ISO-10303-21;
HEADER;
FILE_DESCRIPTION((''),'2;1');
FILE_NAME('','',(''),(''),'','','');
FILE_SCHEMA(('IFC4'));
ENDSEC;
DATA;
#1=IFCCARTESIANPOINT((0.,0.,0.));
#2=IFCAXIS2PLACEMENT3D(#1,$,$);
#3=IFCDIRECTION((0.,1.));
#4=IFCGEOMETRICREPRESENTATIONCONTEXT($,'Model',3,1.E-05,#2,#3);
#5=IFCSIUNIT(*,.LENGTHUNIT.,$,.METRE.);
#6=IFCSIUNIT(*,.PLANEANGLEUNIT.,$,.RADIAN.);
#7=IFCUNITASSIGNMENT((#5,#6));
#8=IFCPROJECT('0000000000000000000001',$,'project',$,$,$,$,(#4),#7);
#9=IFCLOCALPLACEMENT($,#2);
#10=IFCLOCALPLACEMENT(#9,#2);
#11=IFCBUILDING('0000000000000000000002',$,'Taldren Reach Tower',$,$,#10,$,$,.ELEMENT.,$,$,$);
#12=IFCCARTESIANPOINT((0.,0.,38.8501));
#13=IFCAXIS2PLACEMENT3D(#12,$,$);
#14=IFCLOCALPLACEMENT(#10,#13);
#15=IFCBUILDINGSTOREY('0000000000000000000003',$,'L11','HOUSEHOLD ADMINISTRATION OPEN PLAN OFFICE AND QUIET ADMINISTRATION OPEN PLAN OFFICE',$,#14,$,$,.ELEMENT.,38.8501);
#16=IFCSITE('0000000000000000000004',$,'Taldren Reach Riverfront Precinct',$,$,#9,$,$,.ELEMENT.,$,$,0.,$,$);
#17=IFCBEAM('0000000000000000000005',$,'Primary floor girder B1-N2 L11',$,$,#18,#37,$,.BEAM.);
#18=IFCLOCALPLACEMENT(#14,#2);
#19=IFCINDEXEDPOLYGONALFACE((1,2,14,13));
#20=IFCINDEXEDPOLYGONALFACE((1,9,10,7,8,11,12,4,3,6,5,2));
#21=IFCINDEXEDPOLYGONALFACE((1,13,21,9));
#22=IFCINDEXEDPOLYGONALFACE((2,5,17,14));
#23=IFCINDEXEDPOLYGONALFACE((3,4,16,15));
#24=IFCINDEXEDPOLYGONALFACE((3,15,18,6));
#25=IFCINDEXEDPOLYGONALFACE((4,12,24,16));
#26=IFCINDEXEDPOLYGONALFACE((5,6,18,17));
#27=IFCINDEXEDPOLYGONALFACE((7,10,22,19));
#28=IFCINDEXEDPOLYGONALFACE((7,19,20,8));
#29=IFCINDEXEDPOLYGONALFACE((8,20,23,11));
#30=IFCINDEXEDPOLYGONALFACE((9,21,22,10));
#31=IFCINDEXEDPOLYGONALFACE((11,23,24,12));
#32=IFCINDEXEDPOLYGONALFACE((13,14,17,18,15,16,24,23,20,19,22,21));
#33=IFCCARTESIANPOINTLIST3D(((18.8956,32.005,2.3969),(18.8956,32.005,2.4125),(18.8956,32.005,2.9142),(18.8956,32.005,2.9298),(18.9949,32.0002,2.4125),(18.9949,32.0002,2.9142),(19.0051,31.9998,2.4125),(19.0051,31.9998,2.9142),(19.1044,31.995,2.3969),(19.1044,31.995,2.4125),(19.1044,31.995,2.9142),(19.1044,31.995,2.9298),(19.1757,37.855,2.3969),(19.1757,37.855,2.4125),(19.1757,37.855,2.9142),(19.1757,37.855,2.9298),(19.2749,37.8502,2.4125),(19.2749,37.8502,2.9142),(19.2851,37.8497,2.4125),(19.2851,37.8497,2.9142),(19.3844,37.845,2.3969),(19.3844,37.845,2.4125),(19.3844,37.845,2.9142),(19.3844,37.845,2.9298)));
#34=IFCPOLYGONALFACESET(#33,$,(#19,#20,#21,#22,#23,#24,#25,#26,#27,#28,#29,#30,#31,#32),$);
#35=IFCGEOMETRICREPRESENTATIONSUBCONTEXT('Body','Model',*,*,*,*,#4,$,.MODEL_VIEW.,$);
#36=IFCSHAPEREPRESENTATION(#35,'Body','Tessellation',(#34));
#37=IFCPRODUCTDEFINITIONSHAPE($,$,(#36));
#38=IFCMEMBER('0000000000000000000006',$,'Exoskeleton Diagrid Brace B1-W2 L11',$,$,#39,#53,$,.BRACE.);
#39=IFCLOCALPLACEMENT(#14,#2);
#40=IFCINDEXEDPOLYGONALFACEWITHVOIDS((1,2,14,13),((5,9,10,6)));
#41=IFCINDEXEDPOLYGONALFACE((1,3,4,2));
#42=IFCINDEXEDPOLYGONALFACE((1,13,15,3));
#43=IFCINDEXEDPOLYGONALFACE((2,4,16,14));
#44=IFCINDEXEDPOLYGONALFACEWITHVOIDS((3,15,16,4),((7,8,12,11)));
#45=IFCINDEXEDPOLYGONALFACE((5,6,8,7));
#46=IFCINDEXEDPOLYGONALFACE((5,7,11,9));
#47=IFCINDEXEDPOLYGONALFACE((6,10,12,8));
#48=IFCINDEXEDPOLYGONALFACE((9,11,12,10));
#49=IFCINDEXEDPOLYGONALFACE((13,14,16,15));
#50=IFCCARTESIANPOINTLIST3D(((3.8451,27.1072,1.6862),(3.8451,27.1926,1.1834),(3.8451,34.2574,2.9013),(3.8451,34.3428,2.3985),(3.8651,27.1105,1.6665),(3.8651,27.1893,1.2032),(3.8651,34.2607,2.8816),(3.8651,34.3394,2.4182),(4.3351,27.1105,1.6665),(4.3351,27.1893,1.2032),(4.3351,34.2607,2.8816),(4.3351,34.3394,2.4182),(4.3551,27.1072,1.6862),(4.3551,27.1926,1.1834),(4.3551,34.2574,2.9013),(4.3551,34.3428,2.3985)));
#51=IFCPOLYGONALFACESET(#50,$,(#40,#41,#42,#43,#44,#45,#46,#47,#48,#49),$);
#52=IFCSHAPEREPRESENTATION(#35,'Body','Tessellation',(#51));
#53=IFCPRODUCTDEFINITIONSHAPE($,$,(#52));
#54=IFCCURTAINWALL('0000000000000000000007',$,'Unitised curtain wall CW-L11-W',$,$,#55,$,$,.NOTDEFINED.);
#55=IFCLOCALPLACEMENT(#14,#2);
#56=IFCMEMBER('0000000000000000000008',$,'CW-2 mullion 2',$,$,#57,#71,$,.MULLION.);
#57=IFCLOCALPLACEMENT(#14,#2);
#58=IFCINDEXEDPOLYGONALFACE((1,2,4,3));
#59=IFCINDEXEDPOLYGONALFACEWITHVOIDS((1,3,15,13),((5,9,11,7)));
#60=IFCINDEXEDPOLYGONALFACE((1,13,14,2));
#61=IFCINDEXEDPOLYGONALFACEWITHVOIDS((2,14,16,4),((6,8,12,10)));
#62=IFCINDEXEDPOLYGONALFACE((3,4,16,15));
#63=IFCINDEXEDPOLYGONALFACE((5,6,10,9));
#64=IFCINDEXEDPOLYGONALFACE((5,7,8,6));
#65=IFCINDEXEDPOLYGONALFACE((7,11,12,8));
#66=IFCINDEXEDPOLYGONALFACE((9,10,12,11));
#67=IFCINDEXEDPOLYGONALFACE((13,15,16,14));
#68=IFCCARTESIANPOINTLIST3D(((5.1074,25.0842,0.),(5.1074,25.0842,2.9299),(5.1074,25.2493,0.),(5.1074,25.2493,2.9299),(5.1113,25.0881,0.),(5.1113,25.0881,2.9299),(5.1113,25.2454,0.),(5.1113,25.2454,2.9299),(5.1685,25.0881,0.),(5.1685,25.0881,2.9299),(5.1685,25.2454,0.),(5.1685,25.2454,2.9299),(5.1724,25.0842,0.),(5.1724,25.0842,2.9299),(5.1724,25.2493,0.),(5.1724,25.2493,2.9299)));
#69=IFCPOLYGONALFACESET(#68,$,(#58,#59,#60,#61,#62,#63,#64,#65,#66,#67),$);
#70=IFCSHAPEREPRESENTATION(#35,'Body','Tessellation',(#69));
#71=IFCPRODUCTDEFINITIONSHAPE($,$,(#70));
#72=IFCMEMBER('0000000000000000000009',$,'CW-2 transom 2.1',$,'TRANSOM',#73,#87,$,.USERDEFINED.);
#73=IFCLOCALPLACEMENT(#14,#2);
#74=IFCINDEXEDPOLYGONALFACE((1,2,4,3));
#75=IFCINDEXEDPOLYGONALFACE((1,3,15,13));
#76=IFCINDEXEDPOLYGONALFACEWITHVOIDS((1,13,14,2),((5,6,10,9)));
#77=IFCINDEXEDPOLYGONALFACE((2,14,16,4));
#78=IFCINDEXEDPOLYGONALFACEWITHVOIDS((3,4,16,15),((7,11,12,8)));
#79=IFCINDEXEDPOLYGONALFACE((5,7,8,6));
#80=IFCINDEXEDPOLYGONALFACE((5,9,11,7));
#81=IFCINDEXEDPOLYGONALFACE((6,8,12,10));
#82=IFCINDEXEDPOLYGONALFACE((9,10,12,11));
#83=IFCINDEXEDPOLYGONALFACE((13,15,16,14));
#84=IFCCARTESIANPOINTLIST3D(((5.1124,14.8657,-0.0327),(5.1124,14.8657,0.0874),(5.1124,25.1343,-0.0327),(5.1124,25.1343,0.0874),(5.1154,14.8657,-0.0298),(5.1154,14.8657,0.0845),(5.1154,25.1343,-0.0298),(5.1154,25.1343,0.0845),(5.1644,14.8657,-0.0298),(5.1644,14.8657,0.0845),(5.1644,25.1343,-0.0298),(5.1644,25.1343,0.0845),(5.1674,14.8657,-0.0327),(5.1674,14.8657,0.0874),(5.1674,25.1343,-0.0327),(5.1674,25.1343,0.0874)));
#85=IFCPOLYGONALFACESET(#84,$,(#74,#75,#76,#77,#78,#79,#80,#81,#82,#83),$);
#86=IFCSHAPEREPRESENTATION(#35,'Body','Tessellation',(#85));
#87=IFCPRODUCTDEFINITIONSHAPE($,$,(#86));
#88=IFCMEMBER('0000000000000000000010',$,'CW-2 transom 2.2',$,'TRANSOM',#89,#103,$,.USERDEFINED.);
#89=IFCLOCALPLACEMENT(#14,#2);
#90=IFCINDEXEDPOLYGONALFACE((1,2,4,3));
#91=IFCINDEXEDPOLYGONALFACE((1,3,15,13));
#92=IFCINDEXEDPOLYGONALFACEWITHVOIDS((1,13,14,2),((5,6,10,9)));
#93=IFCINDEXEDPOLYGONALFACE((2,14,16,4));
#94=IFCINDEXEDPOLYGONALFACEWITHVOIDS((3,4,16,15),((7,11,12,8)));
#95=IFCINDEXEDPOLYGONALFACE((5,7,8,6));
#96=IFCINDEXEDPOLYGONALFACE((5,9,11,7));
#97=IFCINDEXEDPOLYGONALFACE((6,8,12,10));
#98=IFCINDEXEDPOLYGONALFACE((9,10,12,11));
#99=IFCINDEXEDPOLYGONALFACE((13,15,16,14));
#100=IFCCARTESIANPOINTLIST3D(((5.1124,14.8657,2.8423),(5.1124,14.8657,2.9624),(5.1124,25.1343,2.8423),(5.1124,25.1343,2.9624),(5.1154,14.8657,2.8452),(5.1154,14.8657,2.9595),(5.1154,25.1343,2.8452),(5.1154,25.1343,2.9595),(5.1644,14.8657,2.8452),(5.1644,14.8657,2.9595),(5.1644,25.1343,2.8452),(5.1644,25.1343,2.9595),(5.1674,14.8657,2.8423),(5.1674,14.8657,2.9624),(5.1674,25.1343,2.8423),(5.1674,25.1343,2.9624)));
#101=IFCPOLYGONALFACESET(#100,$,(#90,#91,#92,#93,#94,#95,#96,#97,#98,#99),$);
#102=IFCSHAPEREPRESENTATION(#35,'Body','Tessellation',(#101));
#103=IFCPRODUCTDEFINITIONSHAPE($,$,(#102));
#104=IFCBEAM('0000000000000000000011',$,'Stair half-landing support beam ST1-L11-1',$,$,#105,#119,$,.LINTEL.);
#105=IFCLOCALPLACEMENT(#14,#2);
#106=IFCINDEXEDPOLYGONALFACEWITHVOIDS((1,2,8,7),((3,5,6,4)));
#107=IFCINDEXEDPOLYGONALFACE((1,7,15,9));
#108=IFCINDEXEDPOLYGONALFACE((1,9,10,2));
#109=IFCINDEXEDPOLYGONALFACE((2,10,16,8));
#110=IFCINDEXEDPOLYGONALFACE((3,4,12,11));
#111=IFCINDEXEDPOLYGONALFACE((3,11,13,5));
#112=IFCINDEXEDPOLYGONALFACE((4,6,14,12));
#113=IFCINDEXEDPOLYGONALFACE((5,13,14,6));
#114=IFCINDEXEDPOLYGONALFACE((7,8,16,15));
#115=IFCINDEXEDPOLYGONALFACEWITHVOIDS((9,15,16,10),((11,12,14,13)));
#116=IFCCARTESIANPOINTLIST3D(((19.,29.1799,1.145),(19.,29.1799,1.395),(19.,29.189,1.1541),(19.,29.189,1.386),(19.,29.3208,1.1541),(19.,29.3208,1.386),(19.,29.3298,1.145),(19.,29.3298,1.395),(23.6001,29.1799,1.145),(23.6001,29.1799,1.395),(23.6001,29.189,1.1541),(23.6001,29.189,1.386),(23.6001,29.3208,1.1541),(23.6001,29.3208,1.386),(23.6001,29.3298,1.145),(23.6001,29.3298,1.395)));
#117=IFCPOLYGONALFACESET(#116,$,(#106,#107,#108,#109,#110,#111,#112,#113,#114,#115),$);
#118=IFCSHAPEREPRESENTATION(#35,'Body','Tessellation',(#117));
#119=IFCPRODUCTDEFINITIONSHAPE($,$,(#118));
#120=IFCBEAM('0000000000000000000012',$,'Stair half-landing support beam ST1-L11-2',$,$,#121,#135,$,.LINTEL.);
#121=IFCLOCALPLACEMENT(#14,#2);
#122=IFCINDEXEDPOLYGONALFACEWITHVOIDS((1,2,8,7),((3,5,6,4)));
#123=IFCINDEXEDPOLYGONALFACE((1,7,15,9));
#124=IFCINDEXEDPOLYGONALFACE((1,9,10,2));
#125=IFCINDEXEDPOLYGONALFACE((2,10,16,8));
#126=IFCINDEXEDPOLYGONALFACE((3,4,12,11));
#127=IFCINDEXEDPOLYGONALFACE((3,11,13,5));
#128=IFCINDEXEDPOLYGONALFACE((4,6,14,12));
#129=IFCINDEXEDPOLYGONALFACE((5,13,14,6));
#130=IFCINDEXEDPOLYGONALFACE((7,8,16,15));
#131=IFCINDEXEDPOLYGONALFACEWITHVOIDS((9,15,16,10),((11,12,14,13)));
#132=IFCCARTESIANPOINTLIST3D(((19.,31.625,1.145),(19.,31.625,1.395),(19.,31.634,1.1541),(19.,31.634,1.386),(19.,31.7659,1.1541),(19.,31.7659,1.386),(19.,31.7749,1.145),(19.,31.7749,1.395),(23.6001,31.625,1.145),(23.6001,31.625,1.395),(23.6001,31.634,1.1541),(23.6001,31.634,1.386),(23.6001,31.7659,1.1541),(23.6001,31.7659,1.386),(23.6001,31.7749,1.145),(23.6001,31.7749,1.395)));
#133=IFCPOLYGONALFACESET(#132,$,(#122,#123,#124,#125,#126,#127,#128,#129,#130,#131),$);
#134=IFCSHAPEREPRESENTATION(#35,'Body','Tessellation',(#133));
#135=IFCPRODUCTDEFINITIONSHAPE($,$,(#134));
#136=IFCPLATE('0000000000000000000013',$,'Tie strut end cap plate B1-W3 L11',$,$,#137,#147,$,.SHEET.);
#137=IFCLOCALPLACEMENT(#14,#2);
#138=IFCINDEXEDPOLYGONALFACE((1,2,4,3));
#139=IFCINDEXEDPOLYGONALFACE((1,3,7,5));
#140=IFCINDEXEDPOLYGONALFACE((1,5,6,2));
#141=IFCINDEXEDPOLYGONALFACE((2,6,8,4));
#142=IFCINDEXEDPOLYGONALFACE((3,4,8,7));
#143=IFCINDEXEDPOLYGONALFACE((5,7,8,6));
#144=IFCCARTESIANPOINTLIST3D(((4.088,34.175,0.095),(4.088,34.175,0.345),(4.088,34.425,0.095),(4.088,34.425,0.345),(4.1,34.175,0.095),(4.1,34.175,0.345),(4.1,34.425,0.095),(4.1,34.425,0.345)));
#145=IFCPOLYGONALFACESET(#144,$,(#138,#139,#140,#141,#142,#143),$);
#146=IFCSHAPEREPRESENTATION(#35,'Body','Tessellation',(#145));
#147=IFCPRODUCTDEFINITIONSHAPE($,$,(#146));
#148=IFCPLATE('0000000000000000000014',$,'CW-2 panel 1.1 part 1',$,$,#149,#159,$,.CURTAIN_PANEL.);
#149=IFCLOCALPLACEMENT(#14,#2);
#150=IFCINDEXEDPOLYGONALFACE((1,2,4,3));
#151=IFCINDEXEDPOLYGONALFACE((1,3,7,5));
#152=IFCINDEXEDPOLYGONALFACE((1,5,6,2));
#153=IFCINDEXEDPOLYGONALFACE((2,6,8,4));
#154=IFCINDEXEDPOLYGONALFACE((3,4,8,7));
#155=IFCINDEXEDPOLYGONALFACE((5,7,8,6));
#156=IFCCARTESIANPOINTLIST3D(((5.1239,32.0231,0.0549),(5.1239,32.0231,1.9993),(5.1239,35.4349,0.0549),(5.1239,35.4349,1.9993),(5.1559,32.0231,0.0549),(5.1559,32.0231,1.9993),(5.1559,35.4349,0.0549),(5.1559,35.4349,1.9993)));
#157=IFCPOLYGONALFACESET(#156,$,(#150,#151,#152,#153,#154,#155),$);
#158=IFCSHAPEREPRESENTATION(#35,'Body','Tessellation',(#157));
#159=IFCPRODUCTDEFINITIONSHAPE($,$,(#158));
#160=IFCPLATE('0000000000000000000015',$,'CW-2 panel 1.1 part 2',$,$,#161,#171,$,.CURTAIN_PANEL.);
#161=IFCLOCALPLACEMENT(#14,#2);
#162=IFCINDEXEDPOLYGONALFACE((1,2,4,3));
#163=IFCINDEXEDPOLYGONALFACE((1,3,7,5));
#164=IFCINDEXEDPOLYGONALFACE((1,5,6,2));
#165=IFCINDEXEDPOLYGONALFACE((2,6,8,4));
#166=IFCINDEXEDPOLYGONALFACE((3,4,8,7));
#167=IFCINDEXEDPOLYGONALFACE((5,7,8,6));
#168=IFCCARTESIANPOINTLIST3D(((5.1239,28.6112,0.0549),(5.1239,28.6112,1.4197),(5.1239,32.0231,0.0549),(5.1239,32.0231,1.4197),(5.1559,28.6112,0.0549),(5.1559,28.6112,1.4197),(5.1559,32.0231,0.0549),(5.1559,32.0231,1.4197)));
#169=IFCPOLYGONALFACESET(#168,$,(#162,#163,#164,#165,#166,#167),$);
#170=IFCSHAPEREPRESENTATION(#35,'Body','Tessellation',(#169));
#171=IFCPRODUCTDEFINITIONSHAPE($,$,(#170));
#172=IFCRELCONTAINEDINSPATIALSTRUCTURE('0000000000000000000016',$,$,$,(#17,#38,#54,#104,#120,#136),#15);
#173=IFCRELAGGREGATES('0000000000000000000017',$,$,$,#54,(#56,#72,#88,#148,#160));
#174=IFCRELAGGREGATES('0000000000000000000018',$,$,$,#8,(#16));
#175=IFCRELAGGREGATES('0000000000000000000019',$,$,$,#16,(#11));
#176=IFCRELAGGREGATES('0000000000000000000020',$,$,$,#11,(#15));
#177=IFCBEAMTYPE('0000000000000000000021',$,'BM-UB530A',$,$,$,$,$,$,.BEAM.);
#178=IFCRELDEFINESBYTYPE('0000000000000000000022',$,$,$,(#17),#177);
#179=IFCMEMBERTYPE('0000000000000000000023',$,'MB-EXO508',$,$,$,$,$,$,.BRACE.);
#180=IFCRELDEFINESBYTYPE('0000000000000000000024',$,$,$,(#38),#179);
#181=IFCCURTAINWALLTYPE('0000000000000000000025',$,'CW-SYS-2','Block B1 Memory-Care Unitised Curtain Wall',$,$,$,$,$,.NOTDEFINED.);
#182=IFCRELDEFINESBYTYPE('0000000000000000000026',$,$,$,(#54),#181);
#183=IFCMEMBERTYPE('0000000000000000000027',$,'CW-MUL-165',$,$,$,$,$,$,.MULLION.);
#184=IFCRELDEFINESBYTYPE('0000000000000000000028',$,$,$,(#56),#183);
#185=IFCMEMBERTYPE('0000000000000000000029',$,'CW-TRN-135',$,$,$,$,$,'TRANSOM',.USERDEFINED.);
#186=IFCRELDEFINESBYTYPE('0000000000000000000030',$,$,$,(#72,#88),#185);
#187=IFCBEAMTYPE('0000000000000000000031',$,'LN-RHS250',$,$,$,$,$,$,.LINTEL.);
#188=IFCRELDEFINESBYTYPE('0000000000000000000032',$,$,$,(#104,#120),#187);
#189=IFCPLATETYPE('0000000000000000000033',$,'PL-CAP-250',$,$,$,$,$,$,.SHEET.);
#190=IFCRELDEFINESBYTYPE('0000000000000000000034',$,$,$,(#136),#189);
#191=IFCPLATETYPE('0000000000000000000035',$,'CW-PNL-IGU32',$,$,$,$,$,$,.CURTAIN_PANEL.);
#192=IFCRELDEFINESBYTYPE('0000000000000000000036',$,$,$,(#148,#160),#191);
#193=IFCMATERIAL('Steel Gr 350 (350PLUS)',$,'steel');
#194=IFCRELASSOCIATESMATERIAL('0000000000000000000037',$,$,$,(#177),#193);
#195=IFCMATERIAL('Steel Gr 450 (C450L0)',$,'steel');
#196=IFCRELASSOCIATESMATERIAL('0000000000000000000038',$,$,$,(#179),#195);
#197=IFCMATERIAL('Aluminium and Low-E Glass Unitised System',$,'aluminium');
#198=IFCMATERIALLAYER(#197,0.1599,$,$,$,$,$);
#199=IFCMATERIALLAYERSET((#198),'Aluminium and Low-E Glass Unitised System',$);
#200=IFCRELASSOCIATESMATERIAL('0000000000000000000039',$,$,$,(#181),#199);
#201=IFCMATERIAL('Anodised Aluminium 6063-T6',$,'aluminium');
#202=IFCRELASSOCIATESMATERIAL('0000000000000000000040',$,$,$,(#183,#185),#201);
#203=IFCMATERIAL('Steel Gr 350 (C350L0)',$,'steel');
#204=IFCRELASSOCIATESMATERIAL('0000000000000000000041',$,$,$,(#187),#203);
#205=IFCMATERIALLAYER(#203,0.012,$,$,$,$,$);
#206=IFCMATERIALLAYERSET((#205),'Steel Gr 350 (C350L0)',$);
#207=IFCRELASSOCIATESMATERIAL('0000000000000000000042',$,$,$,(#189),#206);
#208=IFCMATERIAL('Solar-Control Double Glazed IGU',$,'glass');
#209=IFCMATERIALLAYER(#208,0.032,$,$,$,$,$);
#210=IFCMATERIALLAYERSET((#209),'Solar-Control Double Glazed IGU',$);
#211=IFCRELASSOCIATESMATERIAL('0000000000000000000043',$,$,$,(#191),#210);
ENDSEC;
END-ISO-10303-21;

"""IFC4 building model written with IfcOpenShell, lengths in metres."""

from ifc_helpers import new_model, si_unit, direction, frame, origin, origin_2d, place, context, subcontext, project, spatial, rectangle, hollow_rectangle, i_section, extrude, source, transform, mapped, material, layer, layer_set, material_profile, profile_set, type_object, element, aggregate, save


model = new_model("IFC4")

# Units and contexts
model_context = context("Model", 3, precision=1e-05, world=origin(), true_north=direction((0.0, 1.0)))
body_context = subcontext(model_context, "Body", "Model", "MODEL_VIEW")
ifc_project = project(units=[si_unit("LENGTHUNIT", "METRE"), si_unit("PLANEANGLEUNIT", "RADIAN")], contexts=[model_context])

# Site, building, storey
site_placement = place(None, origin())
site = spatial("IfcSite", under=ifc_project, at=site_placement, Name="Taldren Reach Riverfront Precinct", CompositionType="ELEMENT", RefElevation=0.0)
building_placement = place(site_placement, origin())
building = spatial("IfcBuilding", under=site, at=building_placement, Name="Taldren Reach Tower", CompositionType="ELEMENT")
storey_placement = place(building_placement, frame((0.0, 0.0, 38.8501)))
storey = spatial("IfcBuildingStorey", under=building, at=storey_placement, Name="L11", Description="HOUSEHOLD ADMINISTRATION OPEN PLAN OFFICE AND QUIET ADMINISTRATION OPEN PLAN OFFICE", CompositionType="ELEMENT", Elevation=38.8501)

# Shared definitions
ifc_material_1 = material(Name="Steel Gr 350 (350PLUS)", Category="steel")

# Beam
ifc_material_profile_1 = material_profile(ifc_material_1, i_section(OverallWidth=0.209, OverallDepth=0.533, WebThickness=0.0103, FlangeThickness=0.0156, at=origin_2d()), Name="530UB92.4")
ifc_profile_set_1 = profile_set([ifc_material_profile_1], Name="Steel Gr 350 (350PLUS)")
beam_type_1 = type_object("IfcBeamType", Name="BM-UB530A", PredefinedType="BEAM", material=ifc_profile_set_1)
shared_shape_1 = source(origin(), body_context, "Body", "SweptSolid", [
    extrude(i_section(OverallWidth=0.209, OverallDepth=0.533, WebThickness=0.0103, FlangeThickness=0.0156, at=origin_2d()), origin(), (0.0, 0.0, 1.0), 5.8567),
])
beam_1_placement = place(storey_placement, frame((19.0, 32.0, 2.6633), z_axis=(0.047813, 0.998856, 0.0), x_axis=(-0.998856, 0.047813, 0.0)))
element("IfcBeam", 1, at=beam_1_placement, inside=storey, type_object=beam_type_1, Name="Primary floor girder B1-N2 L11", PredefinedType="BEAM", context=body_context, shape_type="MappedRepresentation", body=[
    mapped(shared_shape_1, transform((0.0, 0.0, 0.0), scale=1.0)),
])

# Member
ifc_material_2 = material(Name="Steel Gr 450 (C450L0)", Category="steel")
ifc_material_profile_2 = material_profile(ifc_material_2, hollow_rectangle(XDim=0.51, YDim=0.51, WallThickness=0.02, at=origin_2d()), Name="510x510x20.0SHS")
ifc_profile_set_2 = profile_set([ifc_material_profile_2], Name="Steel Gr 450 (C450L0)")
member_type_1 = type_object("IfcMemberType", Name="MB-EXO508", PredefinedType="BRACE", material=ifc_profile_set_2)
shared_shape_2 = source(origin(), body_context, "Body", "SweptSolid", [
    extrude(hollow_rectangle(XDim=0.51, YDim=0.51, WallThickness=0.02, at=origin_2d()), origin(), (0.0, 0.0, 1.0), 7.2527),
])
member_1_placement = place(storey_placement, frame((4.1001, 27.1499, 1.4348), z_axis=(0.0, 0.985866, 0.167537), x_axis=(-1.0, 0.0, 0.0)))
element("IfcMember", 2, at=member_1_placement, inside=storey, type_object=member_type_1, Name="Exoskeleton Diagrid Brace B1-W2 L11", PredefinedType="BRACE", context=body_context, shape_type="MappedRepresentation", body=[
    mapped(shared_shape_2, transform((0.0, 0.0, 0.0), scale=1.0)),
])

# Curtain wall, members
ifc_material_3 = material(Name="Aluminium and Low-E Glass Unitised System", Category="aluminium")
ifc_layer_1 = layer(ifc_material_3, 0.1599)
ifc_layer_set_1 = layer_set([ifc_layer_1], Name="Aluminium and Low-E Glass Unitised System")
curtain_wall_type = type_object("IfcCurtainWallType", Name="CW-SYS-2", Description="Block B1 Memory-Care Unitised Curtain Wall", PredefinedType="NOTDEFINED", material=ifc_layer_set_1)
curtain_wall_placement = place(storey_placement, origin())
curtain_wall = element("IfcCurtainWall", 3, at=curtain_wall_placement, inside=storey, type_object=curtain_wall_type, Name="Unitised curtain wall CW-L11-W", PredefinedType="NOTDEFINED")
ifc_material_4 = material(Name="Anodised Aluminium 6063-T6", Category="aluminium")
ifc_material_profile_3 = material_profile(ifc_material_4, hollow_rectangle(XDim=0.0649, YDim=0.165, WallThickness=0.0039, at=origin_2d()), Name="ALU-165x65x4RHS")
ifc_profile_set_3 = profile_set([ifc_material_profile_3], Name="Anodised Aluminium 6063-T6")
member_type_2 = type_object("IfcMemberType", Name="CW-MUL-165", PredefinedType="MULLION", material=ifc_profile_set_3)
shared_shape_3 = source(origin(), body_context, "Body", "SweptSolid", [
    extrude(hollow_rectangle(XDim=0.0649, YDim=0.165, WallThickness=0.0039, at=origin_2d()), origin(), (0.0, 0.0, 1.0), 2.9299),
])
member_2_placement = place(storey_placement, frame((5.1399, 25.1667, 0.0), z_axis=(0.0, 0.0, 1.0), x_axis=(1.0, 0.0, 0.0)))
member_2 = element("IfcMember", 4, at=member_2_placement, type_object=member_type_2, Name="CW-2 mullion 2", PredefinedType="MULLION", context=body_context, shape_type="MappedRepresentation", body=[
    mapped(shared_shape_3, transform((0.0, 0.0, 0.0), scale=1.0)),
])
ifc_material_profile_4 = material_profile(ifc_material_4, hollow_rectangle(XDim=0.0549, YDim=0.1201, WallThickness=0.0029, at=origin_2d()), Name="ALU-120x55x3RHS")
ifc_profile_set_4 = profile_set([ifc_material_profile_4], Name="Anodised Aluminium 6063-T6")
member_type_3 = type_object("IfcMemberType", Name="CW-TRN-135", ElementType="TRANSOM", PredefinedType="USERDEFINED", material=ifc_profile_set_4)
shared_shape_4 = source(origin(), body_context, "Body", "SweptSolid", [
    extrude(hollow_rectangle(XDim=0.0549, YDim=0.1201, WallThickness=0.0029, at=origin_2d()), origin(), (0.0, 0.0, 1.0), 10.2686),
])
member_3_placement = place(storey_placement, frame((5.1399, 25.1343, 0.0273), z_axis=(0.0, -1.0, 0.0), x_axis=(1.0, 0.0, 0.0)))
member_3 = element("IfcMember", 5, at=member_3_placement, type_object=member_type_3, Name="CW-2 transom 2.1", ObjectType="TRANSOM", PredefinedType="USERDEFINED", context=body_context, shape_type="MappedRepresentation", body=[
    mapped(shared_shape_4, transform((0.0, 0.0, 0.0), scale=1.0)),
])
member_4_placement = place(storey_placement, frame((5.1399, 25.1343, 2.9023), z_axis=(0.0, -1.0, 0.0), x_axis=(1.0, 0.0, 0.0)))
member_4 = element("IfcMember", 6, at=member_4_placement, type_object=member_type_3, Name="CW-2 transom 2.2", ObjectType="TRANSOM", PredefinedType="USERDEFINED", context=body_context, shape_type="MappedRepresentation", body=[
    mapped(shared_shape_4, transform((0.0, 0.0, 0.0), scale=1.0)),
])

# Beams
ifc_material_5 = material(Name="Steel Gr 350 (C350L0)", Category="steel")
ifc_material_profile_5 = material_profile(ifc_material_5, hollow_rectangle(XDim=0.1499, YDim=0.25, WallThickness=0.009, at=origin_2d()), Name="250x150x9.0RHS")
ifc_profile_set_5 = profile_set([ifc_material_profile_5], Name="Steel Gr 350 (C350L0)")
beam_type_2 = type_object("IfcBeamType", Name="LN-RHS250", PredefinedType="LINTEL", material=ifc_profile_set_5)
shared_shape_5 = source(origin(), body_context, "Body", "SweptSolid", [
    extrude(hollow_rectangle(XDim=0.1499, YDim=0.25, WallThickness=0.009, at=origin_2d()), origin(), (0.0, 0.0, 1.0), 4.6001),
])
for number, where, z_axis, x_axis, name in (
    (7, (19.0, 29.2549, 1.27), (1.0, 0.0, 0.0), (0.0, 1.0, 0.0), "Stair half-landing support beam ST1-L11-1"),
    (8, (19.0, 31.7, 1.27), (1.0, 0.0, 0.0), (0.0, 1.0, 0.0), "Stair half-landing support beam ST1-L11-2"),
):
    element("IfcBeam", number, at=place(storey_placement, frame(where, z_axis=z_axis, x_axis=x_axis)), inside=storey, type_object=beam_type_2, Name=name, PredefinedType="LINTEL", context=body_context, shape_type="MappedRepresentation", body=[
        mapped(shared_shape_5, transform((0.0, 0.0, 0.0), scale=1.0)),
    ])

# Plates
ifc_layer_2 = layer(ifc_material_5, 0.012)
ifc_layer_set_2 = layer_set([ifc_layer_2], Name="Steel Gr 350 (C350L0)")
plate_type_1 = type_object("IfcPlateType", Name="PL-CAP-250", PredefinedType="SHEET", material=ifc_layer_set_2)
shared_shape_6 = source(origin(), body_context, "Body", "SweptSolid", [
    extrude(rectangle(XDim=0.012, YDim=0.25, at=origin_2d()), origin(), (0.0, 0.0, 1.0), 0.25),
])
plate_1_placement = place(storey_placement, frame((4.094, 34.3, 0.095), z_axis=(0.0, 0.0, 1.0), x_axis=(1.0, 0.0, 0.0)))
element("IfcPlate", 9, at=plate_1_placement, inside=storey, type_object=plate_type_1, Name="Tie strut end cap plate B1-W3 L11", PredefinedType="SHEET", context=body_context, shape_type="MappedRepresentation", body=[
    mapped(shared_shape_6, transform((0.0, 0.0, 0.0), scale=1.0)),
])
ifc_material_6 = material(Name="Solar-Control Double Glazed IGU", Category="glass")
ifc_layer_3 = layer(ifc_material_6, 0.032)
ifc_layer_set_3 = layer_set([ifc_layer_3], Name="Solar-Control Double Glazed IGU")
plate_type_2 = type_object("IfcPlateType", Name="CW-PNL-IGU32", PredefinedType="CURTAIN_PANEL", material=ifc_layer_set_3)
shared_shape_7 = source(origin(), body_context, "Body", "SweptSolid", [
    extrude(rectangle(XDim=3.4119, YDim=0.032, at=origin_2d()), origin(), (0.0, 0.0, 1.0), 1.9443),
])
plate_2_placement = place(storey_placement, frame((5.1399, 33.729, 0.0549), z_axis=(0.0, 0.0, 1.0), x_axis=(0.0, -1.0, 0.0)))
plate_2 = element("IfcPlate", 10, at=plate_2_placement, type_object=plate_type_2, Name="CW-2 panel 1.1 part 1", PredefinedType="CURTAIN_PANEL", context=body_context, shape_type="MappedRepresentation", body=[
    mapped(shared_shape_7, transform((0.0, 0.0, 0.0), scale=1.0)),
])
shared_shape_8 = source(origin(), body_context, "Body", "SweptSolid", [
    extrude(rectangle(XDim=3.4119, YDim=0.032, at=origin_2d()), origin(), (0.0, 0.0, 1.0), 1.3647),
])
plate_3_placement = place(storey_placement, frame((5.1399, 30.3171, 0.0549), z_axis=(0.0, 0.0, 1.0), x_axis=(0.0, -1.0, 0.0)))
plate_3 = element("IfcPlate", 11, at=plate_3_placement, type_object=plate_type_2, Name="CW-2 panel 1.1 part 2", PredefinedType="CURTAIN_PANEL", context=body_context, shape_type="MappedRepresentation", body=[
    mapped(shared_shape_8, transform((0.0, 0.0, 0.0), scale=1.0)),
])
aggregate(curtain_wall, [member_2, member_3, member_4, plate_2, plate_3])

save(model, "model.ifc")
